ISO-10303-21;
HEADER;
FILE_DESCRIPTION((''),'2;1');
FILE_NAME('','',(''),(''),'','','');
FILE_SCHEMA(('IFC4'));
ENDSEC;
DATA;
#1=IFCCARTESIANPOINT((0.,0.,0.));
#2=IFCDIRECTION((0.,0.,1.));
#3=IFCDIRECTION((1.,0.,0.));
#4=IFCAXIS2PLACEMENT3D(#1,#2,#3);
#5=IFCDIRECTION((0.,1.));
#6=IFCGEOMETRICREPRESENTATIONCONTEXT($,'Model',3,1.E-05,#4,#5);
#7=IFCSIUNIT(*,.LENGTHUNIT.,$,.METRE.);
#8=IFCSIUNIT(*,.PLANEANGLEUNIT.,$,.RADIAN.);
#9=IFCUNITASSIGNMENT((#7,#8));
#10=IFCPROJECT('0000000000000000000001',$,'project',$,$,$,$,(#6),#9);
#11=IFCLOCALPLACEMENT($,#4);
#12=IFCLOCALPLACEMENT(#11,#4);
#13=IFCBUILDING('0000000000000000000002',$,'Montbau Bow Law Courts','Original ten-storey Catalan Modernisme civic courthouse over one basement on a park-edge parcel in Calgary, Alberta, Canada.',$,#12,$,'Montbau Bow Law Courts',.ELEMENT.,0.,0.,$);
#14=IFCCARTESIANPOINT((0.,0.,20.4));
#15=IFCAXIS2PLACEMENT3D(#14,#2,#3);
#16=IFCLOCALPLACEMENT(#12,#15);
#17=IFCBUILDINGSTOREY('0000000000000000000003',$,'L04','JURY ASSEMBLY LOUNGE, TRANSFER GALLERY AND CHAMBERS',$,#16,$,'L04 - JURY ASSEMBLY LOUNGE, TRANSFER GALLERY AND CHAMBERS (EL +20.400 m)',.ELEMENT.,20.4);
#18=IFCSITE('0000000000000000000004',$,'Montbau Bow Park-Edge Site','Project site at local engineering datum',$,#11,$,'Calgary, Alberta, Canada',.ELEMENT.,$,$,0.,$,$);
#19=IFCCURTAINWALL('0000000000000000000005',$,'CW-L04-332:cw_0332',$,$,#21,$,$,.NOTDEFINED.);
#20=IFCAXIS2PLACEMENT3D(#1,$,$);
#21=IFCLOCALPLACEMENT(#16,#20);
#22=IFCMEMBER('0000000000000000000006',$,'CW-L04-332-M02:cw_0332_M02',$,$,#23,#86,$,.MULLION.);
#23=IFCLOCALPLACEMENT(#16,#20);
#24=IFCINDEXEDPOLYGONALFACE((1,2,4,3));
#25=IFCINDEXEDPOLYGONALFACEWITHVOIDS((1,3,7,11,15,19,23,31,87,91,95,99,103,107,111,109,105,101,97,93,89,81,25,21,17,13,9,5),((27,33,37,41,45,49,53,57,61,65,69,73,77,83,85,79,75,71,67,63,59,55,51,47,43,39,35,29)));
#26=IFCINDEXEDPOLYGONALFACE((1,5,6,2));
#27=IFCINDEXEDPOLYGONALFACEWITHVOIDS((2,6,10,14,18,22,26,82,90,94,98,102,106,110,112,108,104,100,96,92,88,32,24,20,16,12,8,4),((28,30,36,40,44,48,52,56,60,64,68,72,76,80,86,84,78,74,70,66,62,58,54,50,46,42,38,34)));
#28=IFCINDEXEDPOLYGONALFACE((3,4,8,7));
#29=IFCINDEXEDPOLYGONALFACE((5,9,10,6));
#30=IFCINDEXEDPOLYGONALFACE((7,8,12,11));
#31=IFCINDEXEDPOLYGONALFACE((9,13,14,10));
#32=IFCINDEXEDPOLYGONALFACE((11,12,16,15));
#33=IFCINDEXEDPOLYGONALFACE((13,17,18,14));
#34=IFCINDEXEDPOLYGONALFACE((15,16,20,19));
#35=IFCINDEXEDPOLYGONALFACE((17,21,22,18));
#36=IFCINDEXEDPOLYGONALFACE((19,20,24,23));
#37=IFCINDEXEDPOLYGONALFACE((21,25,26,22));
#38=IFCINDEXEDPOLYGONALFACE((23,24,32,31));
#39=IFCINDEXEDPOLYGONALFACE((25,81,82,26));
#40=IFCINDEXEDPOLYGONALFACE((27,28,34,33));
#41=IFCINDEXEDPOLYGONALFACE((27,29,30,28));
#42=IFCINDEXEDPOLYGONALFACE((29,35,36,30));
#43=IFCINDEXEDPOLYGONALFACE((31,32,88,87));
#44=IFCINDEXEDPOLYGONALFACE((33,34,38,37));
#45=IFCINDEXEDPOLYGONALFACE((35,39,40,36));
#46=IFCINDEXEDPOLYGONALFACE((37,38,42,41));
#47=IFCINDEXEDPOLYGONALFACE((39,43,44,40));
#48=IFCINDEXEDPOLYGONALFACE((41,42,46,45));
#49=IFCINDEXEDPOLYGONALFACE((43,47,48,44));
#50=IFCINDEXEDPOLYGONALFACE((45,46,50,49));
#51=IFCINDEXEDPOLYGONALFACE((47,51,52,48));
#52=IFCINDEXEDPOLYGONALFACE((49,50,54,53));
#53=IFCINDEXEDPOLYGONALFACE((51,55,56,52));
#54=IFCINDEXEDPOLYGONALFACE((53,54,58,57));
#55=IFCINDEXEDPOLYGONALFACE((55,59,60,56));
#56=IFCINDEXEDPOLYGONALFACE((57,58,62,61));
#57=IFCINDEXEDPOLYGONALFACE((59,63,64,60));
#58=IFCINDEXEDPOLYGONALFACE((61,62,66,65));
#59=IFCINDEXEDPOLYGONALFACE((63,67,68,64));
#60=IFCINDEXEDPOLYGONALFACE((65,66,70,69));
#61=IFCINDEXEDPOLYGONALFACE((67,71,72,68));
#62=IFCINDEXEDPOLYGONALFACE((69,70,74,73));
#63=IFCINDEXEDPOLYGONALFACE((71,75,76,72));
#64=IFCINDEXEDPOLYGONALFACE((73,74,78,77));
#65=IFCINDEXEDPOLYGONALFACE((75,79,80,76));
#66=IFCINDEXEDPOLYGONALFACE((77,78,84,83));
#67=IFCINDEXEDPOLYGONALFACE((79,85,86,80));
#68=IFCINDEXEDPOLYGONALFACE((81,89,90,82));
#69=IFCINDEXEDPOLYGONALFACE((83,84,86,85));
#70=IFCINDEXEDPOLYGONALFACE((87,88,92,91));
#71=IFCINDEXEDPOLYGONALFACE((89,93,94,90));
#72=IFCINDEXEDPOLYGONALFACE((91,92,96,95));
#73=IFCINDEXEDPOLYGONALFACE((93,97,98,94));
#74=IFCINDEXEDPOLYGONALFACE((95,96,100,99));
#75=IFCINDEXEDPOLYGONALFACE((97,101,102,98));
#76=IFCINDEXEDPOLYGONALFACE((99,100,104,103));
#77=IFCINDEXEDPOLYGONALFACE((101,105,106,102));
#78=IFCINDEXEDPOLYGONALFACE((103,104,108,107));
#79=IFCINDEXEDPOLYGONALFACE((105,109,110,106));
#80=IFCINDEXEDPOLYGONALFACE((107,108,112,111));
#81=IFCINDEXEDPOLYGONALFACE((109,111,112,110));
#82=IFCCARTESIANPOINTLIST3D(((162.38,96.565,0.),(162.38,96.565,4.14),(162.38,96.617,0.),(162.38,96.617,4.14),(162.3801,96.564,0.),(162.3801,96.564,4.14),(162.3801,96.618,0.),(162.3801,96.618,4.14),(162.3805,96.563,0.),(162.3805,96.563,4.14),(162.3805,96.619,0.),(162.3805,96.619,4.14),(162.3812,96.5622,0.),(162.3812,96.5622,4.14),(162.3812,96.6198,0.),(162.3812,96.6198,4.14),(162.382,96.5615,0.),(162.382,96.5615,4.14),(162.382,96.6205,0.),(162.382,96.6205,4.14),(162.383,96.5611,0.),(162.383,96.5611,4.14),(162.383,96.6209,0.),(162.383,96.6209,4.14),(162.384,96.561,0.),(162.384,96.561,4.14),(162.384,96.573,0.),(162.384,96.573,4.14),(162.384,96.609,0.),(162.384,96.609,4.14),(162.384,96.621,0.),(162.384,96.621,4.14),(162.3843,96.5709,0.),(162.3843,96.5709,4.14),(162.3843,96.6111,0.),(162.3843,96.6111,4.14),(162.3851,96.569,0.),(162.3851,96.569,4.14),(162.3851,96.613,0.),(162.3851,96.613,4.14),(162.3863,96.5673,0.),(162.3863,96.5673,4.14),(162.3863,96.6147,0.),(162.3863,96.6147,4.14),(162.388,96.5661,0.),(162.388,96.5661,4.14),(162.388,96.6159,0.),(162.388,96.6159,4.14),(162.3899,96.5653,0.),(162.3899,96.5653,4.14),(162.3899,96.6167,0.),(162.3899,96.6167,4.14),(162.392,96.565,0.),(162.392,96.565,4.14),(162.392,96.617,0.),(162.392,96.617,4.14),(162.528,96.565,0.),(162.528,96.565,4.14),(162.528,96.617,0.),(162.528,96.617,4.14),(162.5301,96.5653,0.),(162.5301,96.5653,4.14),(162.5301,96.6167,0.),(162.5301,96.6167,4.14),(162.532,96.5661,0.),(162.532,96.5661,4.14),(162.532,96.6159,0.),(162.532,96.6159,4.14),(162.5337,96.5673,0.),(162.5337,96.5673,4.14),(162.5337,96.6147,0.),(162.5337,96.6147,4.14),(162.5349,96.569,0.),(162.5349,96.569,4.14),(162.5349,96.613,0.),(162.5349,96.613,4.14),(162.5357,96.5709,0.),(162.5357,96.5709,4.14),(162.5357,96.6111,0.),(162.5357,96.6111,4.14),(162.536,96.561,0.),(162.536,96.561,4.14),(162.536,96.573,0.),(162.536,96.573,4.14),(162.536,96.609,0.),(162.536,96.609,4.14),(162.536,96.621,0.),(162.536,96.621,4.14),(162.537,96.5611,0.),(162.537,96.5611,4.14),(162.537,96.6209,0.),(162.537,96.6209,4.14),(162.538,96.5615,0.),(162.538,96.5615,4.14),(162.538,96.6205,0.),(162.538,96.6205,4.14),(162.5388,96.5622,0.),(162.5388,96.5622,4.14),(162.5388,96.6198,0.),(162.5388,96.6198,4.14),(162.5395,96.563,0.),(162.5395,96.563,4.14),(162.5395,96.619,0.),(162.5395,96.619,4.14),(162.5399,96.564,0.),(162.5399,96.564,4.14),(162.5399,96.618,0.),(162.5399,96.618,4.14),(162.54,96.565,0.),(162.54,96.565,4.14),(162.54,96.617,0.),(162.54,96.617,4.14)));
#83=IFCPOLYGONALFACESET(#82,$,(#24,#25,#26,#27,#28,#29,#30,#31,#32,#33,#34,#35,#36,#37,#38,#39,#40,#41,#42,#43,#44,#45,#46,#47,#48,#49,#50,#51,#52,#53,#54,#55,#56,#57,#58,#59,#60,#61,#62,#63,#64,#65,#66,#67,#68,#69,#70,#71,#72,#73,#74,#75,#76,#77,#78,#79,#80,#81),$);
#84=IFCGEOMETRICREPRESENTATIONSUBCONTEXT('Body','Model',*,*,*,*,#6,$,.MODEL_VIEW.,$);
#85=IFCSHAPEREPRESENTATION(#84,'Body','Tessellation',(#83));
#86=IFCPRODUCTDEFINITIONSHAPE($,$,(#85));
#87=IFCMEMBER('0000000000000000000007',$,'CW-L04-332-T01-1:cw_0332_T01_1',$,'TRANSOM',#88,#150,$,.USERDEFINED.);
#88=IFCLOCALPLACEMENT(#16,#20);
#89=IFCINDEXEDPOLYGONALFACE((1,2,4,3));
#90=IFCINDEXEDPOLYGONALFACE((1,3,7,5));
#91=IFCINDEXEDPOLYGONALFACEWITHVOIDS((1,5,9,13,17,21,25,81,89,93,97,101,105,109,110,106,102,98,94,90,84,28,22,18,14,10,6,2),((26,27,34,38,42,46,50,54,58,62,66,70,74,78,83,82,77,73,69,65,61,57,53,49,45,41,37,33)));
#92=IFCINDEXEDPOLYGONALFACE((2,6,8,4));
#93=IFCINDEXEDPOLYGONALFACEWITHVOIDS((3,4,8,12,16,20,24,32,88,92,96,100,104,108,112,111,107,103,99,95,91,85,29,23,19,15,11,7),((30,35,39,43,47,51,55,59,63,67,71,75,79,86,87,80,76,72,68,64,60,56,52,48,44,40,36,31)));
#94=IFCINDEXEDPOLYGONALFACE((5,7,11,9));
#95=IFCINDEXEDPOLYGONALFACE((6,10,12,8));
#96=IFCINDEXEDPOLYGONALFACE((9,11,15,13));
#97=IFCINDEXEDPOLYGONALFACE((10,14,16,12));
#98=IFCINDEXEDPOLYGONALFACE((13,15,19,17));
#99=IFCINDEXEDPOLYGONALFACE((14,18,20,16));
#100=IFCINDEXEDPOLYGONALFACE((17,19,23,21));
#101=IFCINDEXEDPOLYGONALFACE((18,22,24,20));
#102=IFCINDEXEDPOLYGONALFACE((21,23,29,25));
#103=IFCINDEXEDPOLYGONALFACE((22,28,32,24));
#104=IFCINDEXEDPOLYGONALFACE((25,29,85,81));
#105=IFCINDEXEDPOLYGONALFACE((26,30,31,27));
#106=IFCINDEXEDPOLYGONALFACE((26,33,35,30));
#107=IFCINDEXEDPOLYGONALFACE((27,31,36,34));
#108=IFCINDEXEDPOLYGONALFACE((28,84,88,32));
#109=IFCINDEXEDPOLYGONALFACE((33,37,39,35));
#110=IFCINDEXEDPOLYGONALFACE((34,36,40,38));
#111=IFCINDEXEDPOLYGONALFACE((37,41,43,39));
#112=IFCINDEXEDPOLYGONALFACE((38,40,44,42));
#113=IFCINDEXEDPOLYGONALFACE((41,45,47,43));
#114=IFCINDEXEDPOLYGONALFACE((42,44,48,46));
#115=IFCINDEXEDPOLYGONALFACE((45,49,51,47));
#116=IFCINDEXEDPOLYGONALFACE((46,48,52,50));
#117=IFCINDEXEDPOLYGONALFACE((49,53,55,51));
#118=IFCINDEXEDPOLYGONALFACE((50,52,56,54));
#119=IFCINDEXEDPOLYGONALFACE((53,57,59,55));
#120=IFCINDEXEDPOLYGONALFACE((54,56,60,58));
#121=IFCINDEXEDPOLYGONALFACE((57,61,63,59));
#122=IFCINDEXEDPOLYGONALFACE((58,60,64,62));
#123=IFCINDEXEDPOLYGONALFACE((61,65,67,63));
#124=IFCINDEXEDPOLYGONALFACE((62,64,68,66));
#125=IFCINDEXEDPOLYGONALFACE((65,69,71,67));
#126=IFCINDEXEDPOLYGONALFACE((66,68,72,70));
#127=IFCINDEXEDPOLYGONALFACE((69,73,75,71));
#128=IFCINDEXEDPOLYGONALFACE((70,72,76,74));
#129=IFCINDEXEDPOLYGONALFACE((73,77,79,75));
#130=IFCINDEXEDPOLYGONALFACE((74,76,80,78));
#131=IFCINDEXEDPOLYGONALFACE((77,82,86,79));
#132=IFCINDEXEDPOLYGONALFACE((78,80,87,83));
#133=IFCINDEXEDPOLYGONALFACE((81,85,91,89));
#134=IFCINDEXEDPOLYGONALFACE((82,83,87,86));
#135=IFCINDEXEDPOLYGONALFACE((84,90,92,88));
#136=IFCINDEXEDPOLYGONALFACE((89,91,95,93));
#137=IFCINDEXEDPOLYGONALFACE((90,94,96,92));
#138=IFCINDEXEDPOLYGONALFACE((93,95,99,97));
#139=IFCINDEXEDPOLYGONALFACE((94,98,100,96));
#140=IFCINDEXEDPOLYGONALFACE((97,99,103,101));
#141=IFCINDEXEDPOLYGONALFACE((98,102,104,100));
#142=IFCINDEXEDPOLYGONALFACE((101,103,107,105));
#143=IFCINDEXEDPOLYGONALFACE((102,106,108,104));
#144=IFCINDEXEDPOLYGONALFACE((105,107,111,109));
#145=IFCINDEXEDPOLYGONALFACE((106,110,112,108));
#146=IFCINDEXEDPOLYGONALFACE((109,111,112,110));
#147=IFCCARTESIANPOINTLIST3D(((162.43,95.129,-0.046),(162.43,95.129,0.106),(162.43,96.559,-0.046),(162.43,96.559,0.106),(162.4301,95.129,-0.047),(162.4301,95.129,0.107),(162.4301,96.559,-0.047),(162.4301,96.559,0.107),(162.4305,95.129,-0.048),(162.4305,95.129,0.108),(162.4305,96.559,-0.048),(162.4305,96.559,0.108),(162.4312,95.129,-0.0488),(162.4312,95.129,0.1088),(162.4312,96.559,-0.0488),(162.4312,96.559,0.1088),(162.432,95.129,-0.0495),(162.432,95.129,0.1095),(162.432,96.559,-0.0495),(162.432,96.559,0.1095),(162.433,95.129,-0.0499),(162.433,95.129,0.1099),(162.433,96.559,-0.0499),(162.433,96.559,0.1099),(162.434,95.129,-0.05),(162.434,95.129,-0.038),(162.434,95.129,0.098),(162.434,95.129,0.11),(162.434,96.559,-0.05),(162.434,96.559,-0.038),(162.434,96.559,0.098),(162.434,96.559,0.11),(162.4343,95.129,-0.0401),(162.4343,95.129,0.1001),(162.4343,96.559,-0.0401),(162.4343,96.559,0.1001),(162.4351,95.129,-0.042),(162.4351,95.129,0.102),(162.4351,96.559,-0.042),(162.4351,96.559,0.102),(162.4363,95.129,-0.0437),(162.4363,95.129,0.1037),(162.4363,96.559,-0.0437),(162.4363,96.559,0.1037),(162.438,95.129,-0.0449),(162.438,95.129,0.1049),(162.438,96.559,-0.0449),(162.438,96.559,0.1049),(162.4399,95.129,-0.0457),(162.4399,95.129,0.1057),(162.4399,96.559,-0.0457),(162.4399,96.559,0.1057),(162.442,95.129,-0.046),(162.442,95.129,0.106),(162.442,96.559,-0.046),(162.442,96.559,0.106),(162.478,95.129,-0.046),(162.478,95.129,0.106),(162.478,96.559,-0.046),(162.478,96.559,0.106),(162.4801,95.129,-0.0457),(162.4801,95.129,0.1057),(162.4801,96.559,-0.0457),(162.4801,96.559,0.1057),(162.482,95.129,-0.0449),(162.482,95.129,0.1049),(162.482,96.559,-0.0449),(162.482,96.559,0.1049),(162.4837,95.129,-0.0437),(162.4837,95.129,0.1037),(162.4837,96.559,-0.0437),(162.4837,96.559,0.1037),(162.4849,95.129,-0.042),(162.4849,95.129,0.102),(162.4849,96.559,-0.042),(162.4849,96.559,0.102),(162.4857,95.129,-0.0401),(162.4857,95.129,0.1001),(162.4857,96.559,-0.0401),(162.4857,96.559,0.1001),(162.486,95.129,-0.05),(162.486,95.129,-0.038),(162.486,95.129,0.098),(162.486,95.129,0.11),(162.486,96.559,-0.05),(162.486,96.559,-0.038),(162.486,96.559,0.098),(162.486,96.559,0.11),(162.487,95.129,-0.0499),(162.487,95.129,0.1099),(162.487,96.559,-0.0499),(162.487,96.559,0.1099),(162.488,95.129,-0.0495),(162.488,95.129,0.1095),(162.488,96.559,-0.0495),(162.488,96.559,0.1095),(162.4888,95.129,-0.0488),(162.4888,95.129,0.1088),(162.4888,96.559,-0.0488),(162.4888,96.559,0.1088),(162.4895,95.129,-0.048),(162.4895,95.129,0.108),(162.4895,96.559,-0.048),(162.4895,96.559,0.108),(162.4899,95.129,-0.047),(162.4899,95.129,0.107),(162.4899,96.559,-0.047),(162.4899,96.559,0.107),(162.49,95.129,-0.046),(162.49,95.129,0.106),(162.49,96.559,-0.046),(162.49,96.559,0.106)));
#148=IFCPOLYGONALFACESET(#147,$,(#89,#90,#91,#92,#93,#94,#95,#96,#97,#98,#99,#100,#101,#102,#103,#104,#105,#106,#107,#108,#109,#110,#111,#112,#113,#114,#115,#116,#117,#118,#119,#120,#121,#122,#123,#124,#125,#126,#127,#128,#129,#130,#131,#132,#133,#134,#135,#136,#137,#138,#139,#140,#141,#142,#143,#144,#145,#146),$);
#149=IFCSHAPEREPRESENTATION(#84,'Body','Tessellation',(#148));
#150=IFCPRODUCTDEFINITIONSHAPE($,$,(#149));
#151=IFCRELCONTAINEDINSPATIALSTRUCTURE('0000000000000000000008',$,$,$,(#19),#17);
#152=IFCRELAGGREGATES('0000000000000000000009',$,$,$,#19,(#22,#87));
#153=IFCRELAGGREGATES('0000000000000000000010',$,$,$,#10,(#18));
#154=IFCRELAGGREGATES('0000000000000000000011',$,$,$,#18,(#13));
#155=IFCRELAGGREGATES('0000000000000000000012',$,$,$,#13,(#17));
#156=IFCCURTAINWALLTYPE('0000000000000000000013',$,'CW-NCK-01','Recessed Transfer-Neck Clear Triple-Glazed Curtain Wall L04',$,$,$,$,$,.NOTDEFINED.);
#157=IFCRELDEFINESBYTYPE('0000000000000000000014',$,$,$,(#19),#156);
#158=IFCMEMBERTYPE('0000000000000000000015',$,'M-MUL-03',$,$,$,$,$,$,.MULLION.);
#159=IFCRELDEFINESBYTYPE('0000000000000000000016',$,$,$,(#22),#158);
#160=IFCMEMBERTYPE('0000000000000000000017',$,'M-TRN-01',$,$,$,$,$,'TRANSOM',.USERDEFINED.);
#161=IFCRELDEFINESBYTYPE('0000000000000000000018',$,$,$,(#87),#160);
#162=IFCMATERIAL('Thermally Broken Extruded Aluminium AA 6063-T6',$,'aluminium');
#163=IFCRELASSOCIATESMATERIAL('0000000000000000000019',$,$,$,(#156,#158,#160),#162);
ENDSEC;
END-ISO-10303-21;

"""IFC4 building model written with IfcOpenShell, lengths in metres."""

from ifc_helpers import new_model, si_unit, direction, frame, origin_with_axes, origin_2d_with_axis, place, context, subcontext, project, spatial, hollow_rectangle, extrude, material, material_profile, profile_set, type_object, element, aggregate, save


model = new_model("IFC4")

# Units and contexts
model_context = context("Model", 3, precision=1e-05, world=origin_with_axes(), true_north=direction((0.0, 1.0)))
body_context = subcontext(model_context, "Body", "Model", "MODEL_VIEW")
ifc_project = project(units=[si_unit("LENGTHUNIT", "METRE"), si_unit("PLANEANGLEUNIT", "RADIAN")], contexts=[model_context])

# Site, building, storey
site_placement = place(None, origin_with_axes())
site = spatial("IfcSite", under=ifc_project, at=site_placement, Name="Montbau Bow Park-Edge Site", Description="Project site at local engineering datum", LongName="Calgary, Alberta, Canada", CompositionType="ELEMENT", RefElevation=0.0)
building_placement = place(site_placement, origin_with_axes())
building = spatial("IfcBuilding", under=site, at=building_placement, Name="Montbau Bow Law Courts", Description="Original ten-storey Catalan Modernisme civic courthouse over one basement on a park-edge parcel in Calgary, Alberta, Canada.", LongName="Montbau Bow Law Courts", CompositionType="ELEMENT", ElevationOfRefHeight=0.0, ElevationOfTerrain=0.0)
storey_placement = place(building_placement, frame((0.0, 0.0, 20.4), z_axis=(0.0, 0.0, 1.0), x_axis=(1.0, 0.0, 0.0)))
storey = spatial("IfcBuildingStorey", under=building, at=storey_placement, Name="L04", Description="JURY ASSEMBLY LOUNGE, TRANSFER GALLERY AND CHAMBERS", LongName="L04 - JURY ASSEMBLY LOUNGE, TRANSFER GALLERY AND CHAMBERS (EL +20.400 m)", CompositionType="ELEMENT", Elevation=20.4)

# Curtain wall, members
ifc_material_1 = material(Name="Thermally Broken Extruded Aluminium AA 6063-T6", Category="aluminium")
curtain_wall_type = type_object("IfcCurtainWallType", Name="CW-NCK-01", Description="Recessed Transfer-Neck Clear Triple-Glazed Curtain Wall L04", PredefinedType="NOTDEFINED", material=ifc_material_1)
curtain_wall_1_placement = place(None, frame((162.46, 95.067, 20.4), z_axis=(0.0, 0.0, 1.0), x_axis=(1.0, 0.0, 0.0)))
curtain_wall_1 = element("IfcCurtainWall", 1, at=curtain_wall_1_placement, inside=storey, type_object=curtain_wall_type, Name="CW-L04-332:cw_0332", PredefinedType="NOTDEFINED")
ifc_material_profile_1 = material_profile(ifc_material_1, hollow_rectangle(XDim=0.06, YDim=0.16, WallThickness=0.004, InnerFilletRadius=0.008, OuterFilletRadius=0.004, at=origin_2d_with_axis()), Name="CWM-160X60", Category="Main", Priority=0)
ifc_profile_set_1 = profile_set([ifc_material_profile_1], Name="Thermally Broken Extruded Aluminium AA 6063-T6")
member_type_1 = type_object("IfcMemberType", Name="M-MUL-03", PredefinedType="MULLION", material=ifc_profile_set_1)
member_1_placement = place(None, frame((162.46, 96.591, 20.4), z_axis=(0.0, 0.0, 1.0), x_axis=(0.0, 1.0, 0.0)))
member_1 = element("IfcMember", 2, at=member_1_placement, type_object=member_type_1, Name="CW-L04-332-M02:cw_0332_M02", PredefinedType="MULLION", context=body_context, shape_type="SweptSolid", body=[
    extrude(hollow_rectangle(XDim=0.06, YDim=0.16, WallThickness=0.004, InnerFilletRadius=0.008, OuterFilletRadius=0.004, at=origin_2d_with_axis()), origin_with_axes(), (0.0, 0.0, 1.0), 4.14),
])
ifc_material_profile_2 = material_profile(ifc_material_1, hollow_rectangle(XDim=0.06, YDim=0.16, WallThickness=0.004, InnerFilletRadius=0.008, OuterFilletRadius=0.004, at=origin_2d_with_axis()), Name="CWT-160X60", Category="Main", Priority=0)
ifc_profile_set_2 = profile_set([ifc_material_profile_2], Name="Thermally Broken Extruded Aluminium AA 6063-T6")
member_type_2 = type_object("IfcMemberType", Name="M-TRN-01", ElementType="TRANSOM", PredefinedType="USERDEFINED", material=ifc_profile_set_2)
member_2_placement = place(None, frame((162.46, 95.129, 20.43), z_axis=(0.0, 1.0, 0.0), x_axis=(-1.0, 0.0, 0.0)))
member_2 = element("IfcMember", 3, at=member_2_placement, type_object=member_type_2, Name="CW-L04-332-T01-1:cw_0332_T01_1", ObjectType="TRANSOM", PredefinedType="USERDEFINED", context=body_context, shape_type="SweptSolid", body=[
    extrude(hollow_rectangle(XDim=0.06, YDim=0.16, WallThickness=0.004, InnerFilletRadius=0.008, OuterFilletRadius=0.004, at=origin_2d_with_axis()), origin_with_axes(), (0.0, 0.0, 1.0), 1.43),
])

aggregate(curtain_wall_1, [member_1, member_2])

save(model, "model.ifc")
